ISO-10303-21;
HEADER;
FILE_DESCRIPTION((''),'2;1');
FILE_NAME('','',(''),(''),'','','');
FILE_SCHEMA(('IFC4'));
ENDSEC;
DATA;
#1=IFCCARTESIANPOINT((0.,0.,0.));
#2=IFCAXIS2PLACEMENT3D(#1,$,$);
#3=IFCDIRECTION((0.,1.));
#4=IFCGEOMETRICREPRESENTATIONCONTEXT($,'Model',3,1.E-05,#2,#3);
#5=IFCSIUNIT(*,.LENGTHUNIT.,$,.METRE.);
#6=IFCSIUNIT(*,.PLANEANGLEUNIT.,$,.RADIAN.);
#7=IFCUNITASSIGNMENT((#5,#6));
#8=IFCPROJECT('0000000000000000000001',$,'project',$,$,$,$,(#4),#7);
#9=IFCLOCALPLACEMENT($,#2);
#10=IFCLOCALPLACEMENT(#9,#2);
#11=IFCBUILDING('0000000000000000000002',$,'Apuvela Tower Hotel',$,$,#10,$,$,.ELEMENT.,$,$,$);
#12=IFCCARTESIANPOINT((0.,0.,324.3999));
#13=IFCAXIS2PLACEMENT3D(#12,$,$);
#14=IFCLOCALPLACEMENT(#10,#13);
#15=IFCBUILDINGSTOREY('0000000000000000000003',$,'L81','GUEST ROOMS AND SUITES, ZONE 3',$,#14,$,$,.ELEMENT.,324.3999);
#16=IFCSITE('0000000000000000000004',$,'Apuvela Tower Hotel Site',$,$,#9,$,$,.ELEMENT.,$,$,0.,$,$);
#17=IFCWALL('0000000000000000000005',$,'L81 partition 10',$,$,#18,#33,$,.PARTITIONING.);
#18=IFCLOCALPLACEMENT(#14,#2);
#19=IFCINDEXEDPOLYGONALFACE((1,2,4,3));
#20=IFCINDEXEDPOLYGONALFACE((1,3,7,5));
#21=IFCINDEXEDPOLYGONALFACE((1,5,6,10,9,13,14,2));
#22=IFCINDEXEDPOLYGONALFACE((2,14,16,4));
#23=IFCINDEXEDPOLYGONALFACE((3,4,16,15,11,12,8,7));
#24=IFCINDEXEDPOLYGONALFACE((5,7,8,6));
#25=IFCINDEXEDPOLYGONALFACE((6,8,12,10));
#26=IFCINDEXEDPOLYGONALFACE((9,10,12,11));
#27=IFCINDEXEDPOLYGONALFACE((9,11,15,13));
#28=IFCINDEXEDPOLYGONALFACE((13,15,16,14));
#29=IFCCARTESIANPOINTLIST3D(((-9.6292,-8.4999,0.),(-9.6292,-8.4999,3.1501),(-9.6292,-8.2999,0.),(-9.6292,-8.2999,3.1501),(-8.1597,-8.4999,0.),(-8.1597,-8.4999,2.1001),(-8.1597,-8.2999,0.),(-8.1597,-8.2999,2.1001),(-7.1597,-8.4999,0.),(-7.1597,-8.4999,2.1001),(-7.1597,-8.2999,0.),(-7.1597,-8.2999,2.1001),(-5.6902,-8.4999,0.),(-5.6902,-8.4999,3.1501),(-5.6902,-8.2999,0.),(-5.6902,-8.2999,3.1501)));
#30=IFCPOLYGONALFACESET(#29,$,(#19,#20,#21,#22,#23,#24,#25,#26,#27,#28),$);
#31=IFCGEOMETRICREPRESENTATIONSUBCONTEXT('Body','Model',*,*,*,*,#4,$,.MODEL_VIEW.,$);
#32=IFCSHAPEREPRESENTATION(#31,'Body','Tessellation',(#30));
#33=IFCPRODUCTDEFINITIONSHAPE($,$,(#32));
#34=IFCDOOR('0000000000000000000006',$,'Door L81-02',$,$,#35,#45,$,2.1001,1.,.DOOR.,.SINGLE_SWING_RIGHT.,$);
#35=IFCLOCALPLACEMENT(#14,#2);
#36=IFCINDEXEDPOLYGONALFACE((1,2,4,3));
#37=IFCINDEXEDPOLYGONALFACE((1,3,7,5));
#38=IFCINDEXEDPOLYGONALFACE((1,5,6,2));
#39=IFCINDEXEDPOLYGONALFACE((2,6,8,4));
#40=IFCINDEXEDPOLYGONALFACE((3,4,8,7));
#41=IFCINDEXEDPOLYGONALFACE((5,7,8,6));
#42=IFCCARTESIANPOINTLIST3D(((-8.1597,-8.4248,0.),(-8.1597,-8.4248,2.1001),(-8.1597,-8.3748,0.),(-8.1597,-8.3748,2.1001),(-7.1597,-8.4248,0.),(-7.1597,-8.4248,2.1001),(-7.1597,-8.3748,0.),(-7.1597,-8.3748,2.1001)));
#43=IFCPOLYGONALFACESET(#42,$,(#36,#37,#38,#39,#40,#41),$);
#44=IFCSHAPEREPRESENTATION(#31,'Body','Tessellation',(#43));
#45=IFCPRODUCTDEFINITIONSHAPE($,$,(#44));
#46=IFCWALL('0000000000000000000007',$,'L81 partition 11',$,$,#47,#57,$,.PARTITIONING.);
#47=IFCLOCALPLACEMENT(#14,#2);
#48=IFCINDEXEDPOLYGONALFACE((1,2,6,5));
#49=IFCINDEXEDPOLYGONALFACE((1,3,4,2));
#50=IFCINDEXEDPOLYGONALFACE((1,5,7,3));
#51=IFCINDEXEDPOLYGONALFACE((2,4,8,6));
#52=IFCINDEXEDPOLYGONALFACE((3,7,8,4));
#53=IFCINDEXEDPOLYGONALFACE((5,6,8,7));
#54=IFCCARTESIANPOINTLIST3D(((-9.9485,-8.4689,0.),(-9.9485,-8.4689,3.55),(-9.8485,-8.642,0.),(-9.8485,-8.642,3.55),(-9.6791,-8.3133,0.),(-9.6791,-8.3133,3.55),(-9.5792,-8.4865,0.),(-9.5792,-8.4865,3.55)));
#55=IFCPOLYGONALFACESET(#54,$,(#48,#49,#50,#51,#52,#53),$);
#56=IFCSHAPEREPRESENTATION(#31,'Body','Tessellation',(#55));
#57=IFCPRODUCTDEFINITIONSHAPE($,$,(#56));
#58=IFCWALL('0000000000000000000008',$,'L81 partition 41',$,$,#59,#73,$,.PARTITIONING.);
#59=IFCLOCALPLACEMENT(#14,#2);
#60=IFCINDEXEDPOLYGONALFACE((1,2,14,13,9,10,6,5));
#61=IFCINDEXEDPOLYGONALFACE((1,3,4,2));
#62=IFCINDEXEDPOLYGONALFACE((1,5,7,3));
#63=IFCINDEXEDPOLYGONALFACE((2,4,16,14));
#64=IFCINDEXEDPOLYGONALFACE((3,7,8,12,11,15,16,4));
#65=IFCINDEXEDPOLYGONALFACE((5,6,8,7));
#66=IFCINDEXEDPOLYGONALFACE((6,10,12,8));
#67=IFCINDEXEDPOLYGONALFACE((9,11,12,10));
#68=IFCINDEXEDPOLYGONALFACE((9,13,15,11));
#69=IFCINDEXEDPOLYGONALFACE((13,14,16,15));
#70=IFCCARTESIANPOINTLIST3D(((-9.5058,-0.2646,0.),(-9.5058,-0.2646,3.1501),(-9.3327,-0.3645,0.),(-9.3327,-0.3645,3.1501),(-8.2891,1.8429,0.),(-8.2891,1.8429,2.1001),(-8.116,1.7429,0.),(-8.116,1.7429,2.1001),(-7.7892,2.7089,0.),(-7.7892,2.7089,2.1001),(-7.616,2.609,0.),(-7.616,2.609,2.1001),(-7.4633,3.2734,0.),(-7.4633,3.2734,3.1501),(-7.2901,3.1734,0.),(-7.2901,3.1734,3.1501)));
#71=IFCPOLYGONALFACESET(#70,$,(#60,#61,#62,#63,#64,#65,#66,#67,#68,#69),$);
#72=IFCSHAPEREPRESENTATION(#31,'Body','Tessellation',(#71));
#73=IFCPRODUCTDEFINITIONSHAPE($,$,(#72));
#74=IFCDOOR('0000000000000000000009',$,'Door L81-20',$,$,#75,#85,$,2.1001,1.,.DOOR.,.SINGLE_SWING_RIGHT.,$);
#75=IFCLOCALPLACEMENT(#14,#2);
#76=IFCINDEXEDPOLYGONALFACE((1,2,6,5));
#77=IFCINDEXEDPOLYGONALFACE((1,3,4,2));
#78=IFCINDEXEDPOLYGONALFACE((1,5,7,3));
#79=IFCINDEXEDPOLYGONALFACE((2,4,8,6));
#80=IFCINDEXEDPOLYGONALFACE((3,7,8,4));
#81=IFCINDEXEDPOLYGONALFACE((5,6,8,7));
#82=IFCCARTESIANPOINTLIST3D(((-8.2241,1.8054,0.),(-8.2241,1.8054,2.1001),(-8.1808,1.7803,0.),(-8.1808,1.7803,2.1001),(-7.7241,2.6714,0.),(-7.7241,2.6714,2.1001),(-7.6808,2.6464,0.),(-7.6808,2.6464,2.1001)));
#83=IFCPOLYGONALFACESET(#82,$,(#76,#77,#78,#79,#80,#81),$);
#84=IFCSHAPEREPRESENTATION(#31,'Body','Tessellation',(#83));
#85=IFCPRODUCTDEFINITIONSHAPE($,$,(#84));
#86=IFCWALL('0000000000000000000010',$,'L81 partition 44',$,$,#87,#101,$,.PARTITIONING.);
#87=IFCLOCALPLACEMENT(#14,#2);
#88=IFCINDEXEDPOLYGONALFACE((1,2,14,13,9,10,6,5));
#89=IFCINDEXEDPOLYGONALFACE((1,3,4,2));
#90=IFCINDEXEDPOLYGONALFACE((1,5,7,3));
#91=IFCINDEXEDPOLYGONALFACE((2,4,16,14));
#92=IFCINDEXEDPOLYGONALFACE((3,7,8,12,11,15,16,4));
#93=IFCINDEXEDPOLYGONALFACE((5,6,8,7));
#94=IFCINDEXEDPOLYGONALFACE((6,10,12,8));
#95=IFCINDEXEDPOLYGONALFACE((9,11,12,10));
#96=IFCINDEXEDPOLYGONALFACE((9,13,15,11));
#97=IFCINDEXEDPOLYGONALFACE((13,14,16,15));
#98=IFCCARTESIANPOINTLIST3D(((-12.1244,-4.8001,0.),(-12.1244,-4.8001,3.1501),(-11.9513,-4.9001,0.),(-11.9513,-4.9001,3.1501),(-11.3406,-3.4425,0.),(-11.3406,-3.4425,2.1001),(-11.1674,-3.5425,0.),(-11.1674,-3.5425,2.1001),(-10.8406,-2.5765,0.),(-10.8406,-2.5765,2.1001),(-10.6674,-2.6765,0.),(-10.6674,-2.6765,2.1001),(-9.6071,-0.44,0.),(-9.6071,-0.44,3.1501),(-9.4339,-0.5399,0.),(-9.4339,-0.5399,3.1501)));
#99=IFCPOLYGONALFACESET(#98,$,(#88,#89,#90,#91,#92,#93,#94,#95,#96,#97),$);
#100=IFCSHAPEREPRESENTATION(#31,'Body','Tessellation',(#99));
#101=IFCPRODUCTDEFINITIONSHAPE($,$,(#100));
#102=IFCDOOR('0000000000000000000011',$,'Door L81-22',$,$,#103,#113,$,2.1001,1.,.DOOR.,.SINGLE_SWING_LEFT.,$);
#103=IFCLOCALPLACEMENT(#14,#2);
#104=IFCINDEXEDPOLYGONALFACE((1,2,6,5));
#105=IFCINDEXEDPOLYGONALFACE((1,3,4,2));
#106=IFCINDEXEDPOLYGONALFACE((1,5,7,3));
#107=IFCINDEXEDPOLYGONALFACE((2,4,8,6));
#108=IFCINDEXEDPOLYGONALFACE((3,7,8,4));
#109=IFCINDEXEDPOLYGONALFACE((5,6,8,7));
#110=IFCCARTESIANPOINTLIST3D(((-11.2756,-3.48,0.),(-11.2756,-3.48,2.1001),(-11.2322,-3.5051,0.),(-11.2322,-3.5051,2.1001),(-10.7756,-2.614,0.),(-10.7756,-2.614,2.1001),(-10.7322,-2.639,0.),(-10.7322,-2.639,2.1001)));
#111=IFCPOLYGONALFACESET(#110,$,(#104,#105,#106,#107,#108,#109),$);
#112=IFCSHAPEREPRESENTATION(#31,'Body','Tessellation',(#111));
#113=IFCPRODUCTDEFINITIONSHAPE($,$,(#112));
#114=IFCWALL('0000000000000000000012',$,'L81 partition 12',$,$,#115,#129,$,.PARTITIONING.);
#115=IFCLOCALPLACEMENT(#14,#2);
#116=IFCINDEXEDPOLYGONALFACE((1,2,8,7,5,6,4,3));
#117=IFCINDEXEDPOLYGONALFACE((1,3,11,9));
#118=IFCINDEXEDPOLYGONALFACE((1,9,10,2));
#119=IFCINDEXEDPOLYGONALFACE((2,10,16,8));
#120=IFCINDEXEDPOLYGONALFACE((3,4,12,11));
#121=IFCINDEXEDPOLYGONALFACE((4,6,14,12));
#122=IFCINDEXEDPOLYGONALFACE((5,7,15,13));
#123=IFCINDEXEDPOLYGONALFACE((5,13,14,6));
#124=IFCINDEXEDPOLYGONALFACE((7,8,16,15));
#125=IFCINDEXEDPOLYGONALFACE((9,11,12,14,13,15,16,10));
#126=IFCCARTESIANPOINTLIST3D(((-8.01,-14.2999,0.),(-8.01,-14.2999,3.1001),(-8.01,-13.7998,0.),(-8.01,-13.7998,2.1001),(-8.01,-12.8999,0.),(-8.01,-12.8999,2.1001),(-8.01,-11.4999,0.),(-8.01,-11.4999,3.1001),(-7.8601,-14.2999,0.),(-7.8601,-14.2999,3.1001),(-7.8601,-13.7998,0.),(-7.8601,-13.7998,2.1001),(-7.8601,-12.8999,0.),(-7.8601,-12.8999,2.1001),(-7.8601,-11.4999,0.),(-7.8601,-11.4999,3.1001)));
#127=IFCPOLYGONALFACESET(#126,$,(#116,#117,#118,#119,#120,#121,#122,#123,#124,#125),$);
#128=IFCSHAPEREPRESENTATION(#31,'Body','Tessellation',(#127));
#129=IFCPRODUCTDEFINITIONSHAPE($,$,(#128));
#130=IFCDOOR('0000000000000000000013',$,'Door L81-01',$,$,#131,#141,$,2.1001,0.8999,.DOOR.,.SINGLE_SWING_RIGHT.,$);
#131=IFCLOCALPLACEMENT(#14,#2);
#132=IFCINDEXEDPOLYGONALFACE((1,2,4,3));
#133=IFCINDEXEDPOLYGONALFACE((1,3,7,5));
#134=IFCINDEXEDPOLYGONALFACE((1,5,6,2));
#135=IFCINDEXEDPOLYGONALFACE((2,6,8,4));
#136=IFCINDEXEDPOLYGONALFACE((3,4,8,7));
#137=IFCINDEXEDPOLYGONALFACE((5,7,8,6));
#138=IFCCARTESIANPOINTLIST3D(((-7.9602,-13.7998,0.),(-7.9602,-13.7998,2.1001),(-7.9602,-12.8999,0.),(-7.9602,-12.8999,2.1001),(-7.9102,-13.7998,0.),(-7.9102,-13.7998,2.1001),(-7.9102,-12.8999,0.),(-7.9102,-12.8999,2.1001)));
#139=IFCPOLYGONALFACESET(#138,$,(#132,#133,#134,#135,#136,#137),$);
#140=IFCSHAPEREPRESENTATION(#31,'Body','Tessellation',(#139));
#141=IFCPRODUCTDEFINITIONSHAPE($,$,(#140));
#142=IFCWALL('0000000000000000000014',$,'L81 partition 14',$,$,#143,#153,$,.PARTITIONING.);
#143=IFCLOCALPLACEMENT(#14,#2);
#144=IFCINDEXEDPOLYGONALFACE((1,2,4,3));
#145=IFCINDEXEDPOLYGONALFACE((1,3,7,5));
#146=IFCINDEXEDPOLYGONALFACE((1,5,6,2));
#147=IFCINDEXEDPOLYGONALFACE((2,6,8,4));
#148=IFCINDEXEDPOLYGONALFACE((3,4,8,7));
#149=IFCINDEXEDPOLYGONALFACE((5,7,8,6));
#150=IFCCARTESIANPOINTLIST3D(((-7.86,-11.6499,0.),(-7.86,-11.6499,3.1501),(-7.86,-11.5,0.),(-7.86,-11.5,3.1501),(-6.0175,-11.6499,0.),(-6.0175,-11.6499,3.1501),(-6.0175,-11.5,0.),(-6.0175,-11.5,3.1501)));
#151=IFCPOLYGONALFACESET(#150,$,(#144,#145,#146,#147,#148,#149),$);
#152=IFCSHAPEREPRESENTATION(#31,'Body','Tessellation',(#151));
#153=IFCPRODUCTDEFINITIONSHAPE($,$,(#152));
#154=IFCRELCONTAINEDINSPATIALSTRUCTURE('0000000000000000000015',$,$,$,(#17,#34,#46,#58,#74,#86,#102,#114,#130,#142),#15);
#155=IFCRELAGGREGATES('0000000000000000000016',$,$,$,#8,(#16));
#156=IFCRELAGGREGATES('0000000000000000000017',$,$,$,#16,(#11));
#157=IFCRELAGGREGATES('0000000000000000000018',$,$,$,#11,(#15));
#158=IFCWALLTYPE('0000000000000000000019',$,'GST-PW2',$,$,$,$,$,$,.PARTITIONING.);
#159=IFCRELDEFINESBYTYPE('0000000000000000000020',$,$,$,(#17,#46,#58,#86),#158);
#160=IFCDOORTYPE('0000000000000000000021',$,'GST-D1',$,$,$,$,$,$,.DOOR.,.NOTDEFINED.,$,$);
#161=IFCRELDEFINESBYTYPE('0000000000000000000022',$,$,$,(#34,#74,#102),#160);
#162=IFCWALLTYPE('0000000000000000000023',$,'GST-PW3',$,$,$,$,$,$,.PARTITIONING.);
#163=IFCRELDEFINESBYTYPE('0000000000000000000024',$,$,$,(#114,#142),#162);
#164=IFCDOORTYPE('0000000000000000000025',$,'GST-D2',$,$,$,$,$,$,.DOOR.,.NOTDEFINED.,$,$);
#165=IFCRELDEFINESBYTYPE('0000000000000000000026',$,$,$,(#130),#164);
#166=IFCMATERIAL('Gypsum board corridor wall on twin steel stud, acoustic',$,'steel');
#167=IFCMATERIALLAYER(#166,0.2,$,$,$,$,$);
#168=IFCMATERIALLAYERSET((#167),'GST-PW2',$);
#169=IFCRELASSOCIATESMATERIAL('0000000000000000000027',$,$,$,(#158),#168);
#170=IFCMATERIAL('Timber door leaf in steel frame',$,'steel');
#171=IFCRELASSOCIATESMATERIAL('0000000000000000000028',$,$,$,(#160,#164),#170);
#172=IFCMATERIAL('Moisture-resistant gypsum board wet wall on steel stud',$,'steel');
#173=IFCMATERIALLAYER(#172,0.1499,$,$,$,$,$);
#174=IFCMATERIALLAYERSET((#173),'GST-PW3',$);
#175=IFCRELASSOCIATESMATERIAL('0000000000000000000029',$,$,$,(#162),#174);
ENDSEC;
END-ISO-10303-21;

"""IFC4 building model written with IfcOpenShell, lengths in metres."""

from ifc_helpers import new_model, si_unit, direction, frame, frame_2d, origin, place, context, subcontext, project, spatial, rectangle, extrude, material, layer, layer_set, type_object, element, fill, save


model = new_model("IFC4")

# Units and contexts
model_context = context("Model", 3, precision=1e-05, world=origin(), true_north=direction((0.0, 1.0)))
body_context = subcontext(model_context, "Body", "Model", "MODEL_VIEW")
ifc_project = project(units=[si_unit("LENGTHUNIT", "METRE"), si_unit("PLANEANGLEUNIT", "RADIAN")], contexts=[model_context])

# Site, building, storey
site_placement = place(None, origin())
site = spatial("IfcSite", under=ifc_project, at=site_placement, Name="Apuvela Tower Hotel Site", CompositionType="ELEMENT", RefElevation=0.0)
building_placement = place(site_placement, origin())
building = spatial("IfcBuilding", under=site, at=building_placement, Name="Apuvela Tower Hotel", CompositionType="ELEMENT")
storey_placement = place(building_placement, frame((0.0, 0.0, 324.3999)))
storey = spatial("IfcBuildingStorey", under=building, at=storey_placement, Name="L81", Description="GUEST ROOMS AND SUITES, ZONE 3", CompositionType="ELEMENT", Elevation=324.3999)

# Wall, opening, door
ifc_material_1 = material(Name="Gypsum board corridor wall on twin steel stud, acoustic", Category="steel")
ifc_layer_1 = layer(ifc_material_1, 0.2)
ifc_layer_set_1 = layer_set([ifc_layer_1], Name="GST-PW2")
wall_type_1 = type_object("IfcWallType", Name="GST-PW2", PredefinedType="PARTITIONING", material=ifc_layer_set_1)
wall_1_placement = place(storey_placement, frame((-5.6902, -8.3999, 0.0), z_axis=(0.0, 0.0, 1.0), x_axis=(-1.0, 0.0, 0.0)))
wall_1 = element("IfcWall", 1, at=wall_1_placement, inside=storey, type_object=wall_type_1, Name="L81 partition 10", PredefinedType="PARTITIONING", context=body_context, shape_type="SweptSolid", body=[
    extrude(rectangle(XDim=3.939, YDim=0.2, at=frame_2d((1.9695, 0.0))), origin(), (0.0, 0.0, 1.0), 3.1501),
])
opening_1_placement = place(wall_1_placement, frame((1.4695, 0.0, 0.0)))
opening_1 = element("IfcOpeningElement", 2, at=opening_1_placement, cuts=wall_1, PredefinedType="OPENING", context=body_context, shape_type="SweptSolid", body=[
    extrude(rectangle(XDim=1.0, YDim=2.1001, at=frame_2d((0.5, 1.05))), frame((0.0, 0.1099, 0.0), z_axis=(0.0, -1.0, 0.0), x_axis=(1.0, 0.0, 0.0)), (0.0, 0.0, 1.0), 0.22),
])
ifc_material_2 = material(Name="Timber door leaf in steel frame", Category="steel")
door_type_1 = type_object("IfcDoorType", Name="GST-D1", OperationType="NOTDEFINED", PredefinedType="DOOR", material=ifc_material_2)
door_1_placement = place(opening_1_placement, origin())
door_1 = element("IfcDoor", 3, at=door_1_placement, inside=storey, type_object=door_type_1, Name="Door L81-02", OperationType="SINGLE_SWING_RIGHT", OverallHeight=2.1001, OverallWidth=1.0, PredefinedType="DOOR", context=body_context, shape_type="SweptSolid", body=[
    extrude(rectangle(XDim=1.0, YDim=2.1001, at=frame_2d((0.5, 1.05))), frame((0.0, 0.0249, 0.0), z_axis=(0.0, -1.0, 0.0), x_axis=(1.0, 0.0, 0.0)), (0.0, 0.0, 1.0), 0.05),
])
fill(opening_1, door_1)

# Wall
wall_2_placement = place(storey_placement, frame((-9.6292, -8.3999, 0.0), z_axis=(0.0, 0.0, 1.0), x_axis=(-0.865963, -0.500108, 0.0)))
element("IfcWall", 4, at=wall_2_placement, inside=storey, type_object=wall_type_1, Name="L81 partition 11", PredefinedType="PARTITIONING", context=body_context, shape_type="SweptSolid", body=[
    extrude(rectangle(XDim=0.311, YDim=0.2, at=frame_2d((0.1555, 0.0))), origin(), (0.0, 0.0, 1.0), 3.55),
])

# Walls, openings, doors
wall_3_placement = place(storey_placement, frame((-9.4192, -0.3145, 0.0), z_axis=(0.0, 0.0, 1.0), x_axis=(0.499983, 0.866035, 0.0)))
wall_3 = element("IfcWall", 5, at=wall_3_placement, inside=storey, type_object=wall_type_1, Name="L81 partition 41", PredefinedType="PARTITIONING", context=body_context, shape_type="SweptSolid", body=[
    extrude(rectangle(XDim=4.0852, YDim=0.2, at=frame_2d((2.0425, 0.0))), origin(), (0.0, 0.0, 1.0), 3.1501),
])
opening_2_placement = place(wall_3_placement, frame((2.4333, 0.0, 0.0)))
opening_2 = element("IfcOpeningElement", 6, at=opening_2_placement, cuts=wall_3, PredefinedType="OPENING", context=body_context, shape_type="SweptSolid", body=[
    extrude(rectangle(XDim=1.0, YDim=2.1001, at=frame_2d((0.5, 1.05))), frame((0.0, 0.1099, 0.0), z_axis=(0.0, -1.0, 0.0), x_axis=(1.0, 0.0, 0.0)), (0.0, 0.0, 1.0), 0.22),
])
door_2_placement = place(opening_2_placement, origin())
door_2 = element("IfcDoor", 7, at=door_2_placement, inside=storey, type_object=door_type_1, Name="Door L81-20", OperationType="SINGLE_SWING_RIGHT", OverallHeight=2.1001, OverallWidth=1.0, PredefinedType="DOOR", context=body_context, shape_type="SweptSolid", body=[
    extrude(rectangle(XDim=1.0, YDim=2.1001, at=frame_2d((0.5, 1.05))), frame((0.0, 0.0249, 0.0), z_axis=(0.0, -1.0, 0.0), x_axis=(1.0, 0.0, 0.0)), (0.0, 0.0, 1.0), 0.05),
])
fill(opening_2, door_2)
wall_4_placement = place(storey_placement, frame((-12.0378, -4.8501, 0.0), z_axis=(0.0, 0.0, 1.0), x_axis=(0.500004, 0.866023, 0.0)))
wall_4 = element("IfcWall", 8, at=wall_4_placement, inside=storey, type_object=wall_type_1, Name="L81 partition 44", PredefinedType="PARTITIONING", context=body_context, shape_type="SweptSolid", body=[
    extrude(rectangle(XDim=5.0347, YDim=0.2, at=frame_2d((2.5173, 0.0))), origin(), (0.0, 0.0, 1.0), 3.1501),
])
opening_3_placement = place(wall_4_placement, frame((1.5676, 0.0, 0.0)))
opening_3 = element("IfcOpeningElement", 9, at=opening_3_placement, cuts=wall_4, PredefinedType="OPENING", context=body_context, shape_type="SweptSolid", body=[
    extrude(rectangle(XDim=1.0, YDim=2.1001, at=frame_2d((0.5, 1.05))), frame((0.0, 0.1099, 0.0), z_axis=(0.0, -1.0, 0.0), x_axis=(1.0, 0.0, 0.0)), (0.0, 0.0, 1.0), 0.22),
])
door_3_placement = place(opening_3_placement, origin())
door_3 = element("IfcDoor", 10, at=door_3_placement, inside=storey, type_object=door_type_1, Name="Door L81-22", OperationType="SINGLE_SWING_LEFT", OverallHeight=2.1001, OverallWidth=1.0, PredefinedType="DOOR", context=body_context, shape_type="SweptSolid", body=[
    extrude(rectangle(XDim=1.0, YDim=2.1001, at=frame_2d((0.5, 1.05))), frame((0.0, 0.0249, 0.0), z_axis=(0.0, -1.0, 0.0), x_axis=(1.0, 0.0, 0.0)), (0.0, 0.0, 1.0), 0.05),
])
fill(opening_3, door_3)
ifc_material_3 = material(Name="Moisture-resistant gypsum board wet wall on steel stud", Category="steel")
ifc_layer_2 = layer(ifc_material_3, 0.1499)
ifc_layer_set_2 = layer_set([ifc_layer_2], Name="GST-PW3")
wall_type_2 = type_object("IfcWallType", Name="GST-PW3", PredefinedType="PARTITIONING", material=ifc_layer_set_2)
wall_5_placement = place(storey_placement, frame((-7.9351, -11.5, 0.0), z_axis=(0.0, 0.0, 1.0), x_axis=(0.0, -1.0, 0.0)))
wall_5 = element("IfcWall", 11, at=wall_5_placement, inside=storey, type_object=wall_type_2, Name="L81 partition 12", PredefinedType="PARTITIONING", context=body_context, shape_type="SweptSolid", body=[
    extrude(rectangle(XDim=2.8, YDim=0.1499, at=frame_2d((1.3999, 0.0))), origin(), (0.0, 0.0, 1.0), 3.1001),
])
opening_4_placement = place(wall_5_placement, frame((1.3999, 0.0, 0.0)))
opening_4 = element("IfcOpeningElement", 12, at=opening_4_placement, cuts=wall_5, PredefinedType="OPENING", context=body_context, shape_type="SweptSolid", body=[
    extrude(rectangle(XDim=0.8999, YDim=2.1001, at=frame_2d((0.45, 1.05))), frame((0.0, 0.085, 0.0), z_axis=(0.0, -1.0, 0.0), x_axis=(1.0, 0.0, 0.0)), (0.0, 0.0, 1.0), 0.1699),
])
door_type_2 = type_object("IfcDoorType", Name="GST-D2", OperationType="NOTDEFINED", PredefinedType="DOOR", material=ifc_material_2)
door_4_placement = place(opening_4_placement, origin())
door_4 = element("IfcDoor", 13, at=door_4_placement, inside=storey, type_object=door_type_2, Name="Door L81-01", OperationType="SINGLE_SWING_RIGHT", OverallHeight=2.1001, OverallWidth=0.8999, PredefinedType="DOOR", context=body_context, shape_type="SweptSolid", body=[
    extrude(rectangle(XDim=0.8999, YDim=2.1001, at=frame_2d((0.45, 1.05))), frame((0.0, 0.0249, 0.0), z_axis=(0.0, -1.0, 0.0), x_axis=(1.0, 0.0, 0.0)), (0.0, 0.0, 1.0), 0.05),
])
fill(opening_4, door_4)

# Wall
wall_6_placement = place(storey_placement, frame((-7.8601, -11.575, 0.0), z_axis=(0.0, 0.0, 1.0), x_axis=(1.0, 0.0, 0.0)))
element("IfcWall", 14, at=wall_6_placement, inside=storey, type_object=wall_type_2, Name="L81 partition 14", PredefinedType="PARTITIONING", context=body_context, shape_type="SweptSolid", body=[
    extrude(rectangle(XDim=1.8425, YDim=0.1499, at=frame_2d((0.9214, 0.0))), origin(), (0.0, 0.0, 1.0), 3.1501),
])

save(model, "model.ifc")
